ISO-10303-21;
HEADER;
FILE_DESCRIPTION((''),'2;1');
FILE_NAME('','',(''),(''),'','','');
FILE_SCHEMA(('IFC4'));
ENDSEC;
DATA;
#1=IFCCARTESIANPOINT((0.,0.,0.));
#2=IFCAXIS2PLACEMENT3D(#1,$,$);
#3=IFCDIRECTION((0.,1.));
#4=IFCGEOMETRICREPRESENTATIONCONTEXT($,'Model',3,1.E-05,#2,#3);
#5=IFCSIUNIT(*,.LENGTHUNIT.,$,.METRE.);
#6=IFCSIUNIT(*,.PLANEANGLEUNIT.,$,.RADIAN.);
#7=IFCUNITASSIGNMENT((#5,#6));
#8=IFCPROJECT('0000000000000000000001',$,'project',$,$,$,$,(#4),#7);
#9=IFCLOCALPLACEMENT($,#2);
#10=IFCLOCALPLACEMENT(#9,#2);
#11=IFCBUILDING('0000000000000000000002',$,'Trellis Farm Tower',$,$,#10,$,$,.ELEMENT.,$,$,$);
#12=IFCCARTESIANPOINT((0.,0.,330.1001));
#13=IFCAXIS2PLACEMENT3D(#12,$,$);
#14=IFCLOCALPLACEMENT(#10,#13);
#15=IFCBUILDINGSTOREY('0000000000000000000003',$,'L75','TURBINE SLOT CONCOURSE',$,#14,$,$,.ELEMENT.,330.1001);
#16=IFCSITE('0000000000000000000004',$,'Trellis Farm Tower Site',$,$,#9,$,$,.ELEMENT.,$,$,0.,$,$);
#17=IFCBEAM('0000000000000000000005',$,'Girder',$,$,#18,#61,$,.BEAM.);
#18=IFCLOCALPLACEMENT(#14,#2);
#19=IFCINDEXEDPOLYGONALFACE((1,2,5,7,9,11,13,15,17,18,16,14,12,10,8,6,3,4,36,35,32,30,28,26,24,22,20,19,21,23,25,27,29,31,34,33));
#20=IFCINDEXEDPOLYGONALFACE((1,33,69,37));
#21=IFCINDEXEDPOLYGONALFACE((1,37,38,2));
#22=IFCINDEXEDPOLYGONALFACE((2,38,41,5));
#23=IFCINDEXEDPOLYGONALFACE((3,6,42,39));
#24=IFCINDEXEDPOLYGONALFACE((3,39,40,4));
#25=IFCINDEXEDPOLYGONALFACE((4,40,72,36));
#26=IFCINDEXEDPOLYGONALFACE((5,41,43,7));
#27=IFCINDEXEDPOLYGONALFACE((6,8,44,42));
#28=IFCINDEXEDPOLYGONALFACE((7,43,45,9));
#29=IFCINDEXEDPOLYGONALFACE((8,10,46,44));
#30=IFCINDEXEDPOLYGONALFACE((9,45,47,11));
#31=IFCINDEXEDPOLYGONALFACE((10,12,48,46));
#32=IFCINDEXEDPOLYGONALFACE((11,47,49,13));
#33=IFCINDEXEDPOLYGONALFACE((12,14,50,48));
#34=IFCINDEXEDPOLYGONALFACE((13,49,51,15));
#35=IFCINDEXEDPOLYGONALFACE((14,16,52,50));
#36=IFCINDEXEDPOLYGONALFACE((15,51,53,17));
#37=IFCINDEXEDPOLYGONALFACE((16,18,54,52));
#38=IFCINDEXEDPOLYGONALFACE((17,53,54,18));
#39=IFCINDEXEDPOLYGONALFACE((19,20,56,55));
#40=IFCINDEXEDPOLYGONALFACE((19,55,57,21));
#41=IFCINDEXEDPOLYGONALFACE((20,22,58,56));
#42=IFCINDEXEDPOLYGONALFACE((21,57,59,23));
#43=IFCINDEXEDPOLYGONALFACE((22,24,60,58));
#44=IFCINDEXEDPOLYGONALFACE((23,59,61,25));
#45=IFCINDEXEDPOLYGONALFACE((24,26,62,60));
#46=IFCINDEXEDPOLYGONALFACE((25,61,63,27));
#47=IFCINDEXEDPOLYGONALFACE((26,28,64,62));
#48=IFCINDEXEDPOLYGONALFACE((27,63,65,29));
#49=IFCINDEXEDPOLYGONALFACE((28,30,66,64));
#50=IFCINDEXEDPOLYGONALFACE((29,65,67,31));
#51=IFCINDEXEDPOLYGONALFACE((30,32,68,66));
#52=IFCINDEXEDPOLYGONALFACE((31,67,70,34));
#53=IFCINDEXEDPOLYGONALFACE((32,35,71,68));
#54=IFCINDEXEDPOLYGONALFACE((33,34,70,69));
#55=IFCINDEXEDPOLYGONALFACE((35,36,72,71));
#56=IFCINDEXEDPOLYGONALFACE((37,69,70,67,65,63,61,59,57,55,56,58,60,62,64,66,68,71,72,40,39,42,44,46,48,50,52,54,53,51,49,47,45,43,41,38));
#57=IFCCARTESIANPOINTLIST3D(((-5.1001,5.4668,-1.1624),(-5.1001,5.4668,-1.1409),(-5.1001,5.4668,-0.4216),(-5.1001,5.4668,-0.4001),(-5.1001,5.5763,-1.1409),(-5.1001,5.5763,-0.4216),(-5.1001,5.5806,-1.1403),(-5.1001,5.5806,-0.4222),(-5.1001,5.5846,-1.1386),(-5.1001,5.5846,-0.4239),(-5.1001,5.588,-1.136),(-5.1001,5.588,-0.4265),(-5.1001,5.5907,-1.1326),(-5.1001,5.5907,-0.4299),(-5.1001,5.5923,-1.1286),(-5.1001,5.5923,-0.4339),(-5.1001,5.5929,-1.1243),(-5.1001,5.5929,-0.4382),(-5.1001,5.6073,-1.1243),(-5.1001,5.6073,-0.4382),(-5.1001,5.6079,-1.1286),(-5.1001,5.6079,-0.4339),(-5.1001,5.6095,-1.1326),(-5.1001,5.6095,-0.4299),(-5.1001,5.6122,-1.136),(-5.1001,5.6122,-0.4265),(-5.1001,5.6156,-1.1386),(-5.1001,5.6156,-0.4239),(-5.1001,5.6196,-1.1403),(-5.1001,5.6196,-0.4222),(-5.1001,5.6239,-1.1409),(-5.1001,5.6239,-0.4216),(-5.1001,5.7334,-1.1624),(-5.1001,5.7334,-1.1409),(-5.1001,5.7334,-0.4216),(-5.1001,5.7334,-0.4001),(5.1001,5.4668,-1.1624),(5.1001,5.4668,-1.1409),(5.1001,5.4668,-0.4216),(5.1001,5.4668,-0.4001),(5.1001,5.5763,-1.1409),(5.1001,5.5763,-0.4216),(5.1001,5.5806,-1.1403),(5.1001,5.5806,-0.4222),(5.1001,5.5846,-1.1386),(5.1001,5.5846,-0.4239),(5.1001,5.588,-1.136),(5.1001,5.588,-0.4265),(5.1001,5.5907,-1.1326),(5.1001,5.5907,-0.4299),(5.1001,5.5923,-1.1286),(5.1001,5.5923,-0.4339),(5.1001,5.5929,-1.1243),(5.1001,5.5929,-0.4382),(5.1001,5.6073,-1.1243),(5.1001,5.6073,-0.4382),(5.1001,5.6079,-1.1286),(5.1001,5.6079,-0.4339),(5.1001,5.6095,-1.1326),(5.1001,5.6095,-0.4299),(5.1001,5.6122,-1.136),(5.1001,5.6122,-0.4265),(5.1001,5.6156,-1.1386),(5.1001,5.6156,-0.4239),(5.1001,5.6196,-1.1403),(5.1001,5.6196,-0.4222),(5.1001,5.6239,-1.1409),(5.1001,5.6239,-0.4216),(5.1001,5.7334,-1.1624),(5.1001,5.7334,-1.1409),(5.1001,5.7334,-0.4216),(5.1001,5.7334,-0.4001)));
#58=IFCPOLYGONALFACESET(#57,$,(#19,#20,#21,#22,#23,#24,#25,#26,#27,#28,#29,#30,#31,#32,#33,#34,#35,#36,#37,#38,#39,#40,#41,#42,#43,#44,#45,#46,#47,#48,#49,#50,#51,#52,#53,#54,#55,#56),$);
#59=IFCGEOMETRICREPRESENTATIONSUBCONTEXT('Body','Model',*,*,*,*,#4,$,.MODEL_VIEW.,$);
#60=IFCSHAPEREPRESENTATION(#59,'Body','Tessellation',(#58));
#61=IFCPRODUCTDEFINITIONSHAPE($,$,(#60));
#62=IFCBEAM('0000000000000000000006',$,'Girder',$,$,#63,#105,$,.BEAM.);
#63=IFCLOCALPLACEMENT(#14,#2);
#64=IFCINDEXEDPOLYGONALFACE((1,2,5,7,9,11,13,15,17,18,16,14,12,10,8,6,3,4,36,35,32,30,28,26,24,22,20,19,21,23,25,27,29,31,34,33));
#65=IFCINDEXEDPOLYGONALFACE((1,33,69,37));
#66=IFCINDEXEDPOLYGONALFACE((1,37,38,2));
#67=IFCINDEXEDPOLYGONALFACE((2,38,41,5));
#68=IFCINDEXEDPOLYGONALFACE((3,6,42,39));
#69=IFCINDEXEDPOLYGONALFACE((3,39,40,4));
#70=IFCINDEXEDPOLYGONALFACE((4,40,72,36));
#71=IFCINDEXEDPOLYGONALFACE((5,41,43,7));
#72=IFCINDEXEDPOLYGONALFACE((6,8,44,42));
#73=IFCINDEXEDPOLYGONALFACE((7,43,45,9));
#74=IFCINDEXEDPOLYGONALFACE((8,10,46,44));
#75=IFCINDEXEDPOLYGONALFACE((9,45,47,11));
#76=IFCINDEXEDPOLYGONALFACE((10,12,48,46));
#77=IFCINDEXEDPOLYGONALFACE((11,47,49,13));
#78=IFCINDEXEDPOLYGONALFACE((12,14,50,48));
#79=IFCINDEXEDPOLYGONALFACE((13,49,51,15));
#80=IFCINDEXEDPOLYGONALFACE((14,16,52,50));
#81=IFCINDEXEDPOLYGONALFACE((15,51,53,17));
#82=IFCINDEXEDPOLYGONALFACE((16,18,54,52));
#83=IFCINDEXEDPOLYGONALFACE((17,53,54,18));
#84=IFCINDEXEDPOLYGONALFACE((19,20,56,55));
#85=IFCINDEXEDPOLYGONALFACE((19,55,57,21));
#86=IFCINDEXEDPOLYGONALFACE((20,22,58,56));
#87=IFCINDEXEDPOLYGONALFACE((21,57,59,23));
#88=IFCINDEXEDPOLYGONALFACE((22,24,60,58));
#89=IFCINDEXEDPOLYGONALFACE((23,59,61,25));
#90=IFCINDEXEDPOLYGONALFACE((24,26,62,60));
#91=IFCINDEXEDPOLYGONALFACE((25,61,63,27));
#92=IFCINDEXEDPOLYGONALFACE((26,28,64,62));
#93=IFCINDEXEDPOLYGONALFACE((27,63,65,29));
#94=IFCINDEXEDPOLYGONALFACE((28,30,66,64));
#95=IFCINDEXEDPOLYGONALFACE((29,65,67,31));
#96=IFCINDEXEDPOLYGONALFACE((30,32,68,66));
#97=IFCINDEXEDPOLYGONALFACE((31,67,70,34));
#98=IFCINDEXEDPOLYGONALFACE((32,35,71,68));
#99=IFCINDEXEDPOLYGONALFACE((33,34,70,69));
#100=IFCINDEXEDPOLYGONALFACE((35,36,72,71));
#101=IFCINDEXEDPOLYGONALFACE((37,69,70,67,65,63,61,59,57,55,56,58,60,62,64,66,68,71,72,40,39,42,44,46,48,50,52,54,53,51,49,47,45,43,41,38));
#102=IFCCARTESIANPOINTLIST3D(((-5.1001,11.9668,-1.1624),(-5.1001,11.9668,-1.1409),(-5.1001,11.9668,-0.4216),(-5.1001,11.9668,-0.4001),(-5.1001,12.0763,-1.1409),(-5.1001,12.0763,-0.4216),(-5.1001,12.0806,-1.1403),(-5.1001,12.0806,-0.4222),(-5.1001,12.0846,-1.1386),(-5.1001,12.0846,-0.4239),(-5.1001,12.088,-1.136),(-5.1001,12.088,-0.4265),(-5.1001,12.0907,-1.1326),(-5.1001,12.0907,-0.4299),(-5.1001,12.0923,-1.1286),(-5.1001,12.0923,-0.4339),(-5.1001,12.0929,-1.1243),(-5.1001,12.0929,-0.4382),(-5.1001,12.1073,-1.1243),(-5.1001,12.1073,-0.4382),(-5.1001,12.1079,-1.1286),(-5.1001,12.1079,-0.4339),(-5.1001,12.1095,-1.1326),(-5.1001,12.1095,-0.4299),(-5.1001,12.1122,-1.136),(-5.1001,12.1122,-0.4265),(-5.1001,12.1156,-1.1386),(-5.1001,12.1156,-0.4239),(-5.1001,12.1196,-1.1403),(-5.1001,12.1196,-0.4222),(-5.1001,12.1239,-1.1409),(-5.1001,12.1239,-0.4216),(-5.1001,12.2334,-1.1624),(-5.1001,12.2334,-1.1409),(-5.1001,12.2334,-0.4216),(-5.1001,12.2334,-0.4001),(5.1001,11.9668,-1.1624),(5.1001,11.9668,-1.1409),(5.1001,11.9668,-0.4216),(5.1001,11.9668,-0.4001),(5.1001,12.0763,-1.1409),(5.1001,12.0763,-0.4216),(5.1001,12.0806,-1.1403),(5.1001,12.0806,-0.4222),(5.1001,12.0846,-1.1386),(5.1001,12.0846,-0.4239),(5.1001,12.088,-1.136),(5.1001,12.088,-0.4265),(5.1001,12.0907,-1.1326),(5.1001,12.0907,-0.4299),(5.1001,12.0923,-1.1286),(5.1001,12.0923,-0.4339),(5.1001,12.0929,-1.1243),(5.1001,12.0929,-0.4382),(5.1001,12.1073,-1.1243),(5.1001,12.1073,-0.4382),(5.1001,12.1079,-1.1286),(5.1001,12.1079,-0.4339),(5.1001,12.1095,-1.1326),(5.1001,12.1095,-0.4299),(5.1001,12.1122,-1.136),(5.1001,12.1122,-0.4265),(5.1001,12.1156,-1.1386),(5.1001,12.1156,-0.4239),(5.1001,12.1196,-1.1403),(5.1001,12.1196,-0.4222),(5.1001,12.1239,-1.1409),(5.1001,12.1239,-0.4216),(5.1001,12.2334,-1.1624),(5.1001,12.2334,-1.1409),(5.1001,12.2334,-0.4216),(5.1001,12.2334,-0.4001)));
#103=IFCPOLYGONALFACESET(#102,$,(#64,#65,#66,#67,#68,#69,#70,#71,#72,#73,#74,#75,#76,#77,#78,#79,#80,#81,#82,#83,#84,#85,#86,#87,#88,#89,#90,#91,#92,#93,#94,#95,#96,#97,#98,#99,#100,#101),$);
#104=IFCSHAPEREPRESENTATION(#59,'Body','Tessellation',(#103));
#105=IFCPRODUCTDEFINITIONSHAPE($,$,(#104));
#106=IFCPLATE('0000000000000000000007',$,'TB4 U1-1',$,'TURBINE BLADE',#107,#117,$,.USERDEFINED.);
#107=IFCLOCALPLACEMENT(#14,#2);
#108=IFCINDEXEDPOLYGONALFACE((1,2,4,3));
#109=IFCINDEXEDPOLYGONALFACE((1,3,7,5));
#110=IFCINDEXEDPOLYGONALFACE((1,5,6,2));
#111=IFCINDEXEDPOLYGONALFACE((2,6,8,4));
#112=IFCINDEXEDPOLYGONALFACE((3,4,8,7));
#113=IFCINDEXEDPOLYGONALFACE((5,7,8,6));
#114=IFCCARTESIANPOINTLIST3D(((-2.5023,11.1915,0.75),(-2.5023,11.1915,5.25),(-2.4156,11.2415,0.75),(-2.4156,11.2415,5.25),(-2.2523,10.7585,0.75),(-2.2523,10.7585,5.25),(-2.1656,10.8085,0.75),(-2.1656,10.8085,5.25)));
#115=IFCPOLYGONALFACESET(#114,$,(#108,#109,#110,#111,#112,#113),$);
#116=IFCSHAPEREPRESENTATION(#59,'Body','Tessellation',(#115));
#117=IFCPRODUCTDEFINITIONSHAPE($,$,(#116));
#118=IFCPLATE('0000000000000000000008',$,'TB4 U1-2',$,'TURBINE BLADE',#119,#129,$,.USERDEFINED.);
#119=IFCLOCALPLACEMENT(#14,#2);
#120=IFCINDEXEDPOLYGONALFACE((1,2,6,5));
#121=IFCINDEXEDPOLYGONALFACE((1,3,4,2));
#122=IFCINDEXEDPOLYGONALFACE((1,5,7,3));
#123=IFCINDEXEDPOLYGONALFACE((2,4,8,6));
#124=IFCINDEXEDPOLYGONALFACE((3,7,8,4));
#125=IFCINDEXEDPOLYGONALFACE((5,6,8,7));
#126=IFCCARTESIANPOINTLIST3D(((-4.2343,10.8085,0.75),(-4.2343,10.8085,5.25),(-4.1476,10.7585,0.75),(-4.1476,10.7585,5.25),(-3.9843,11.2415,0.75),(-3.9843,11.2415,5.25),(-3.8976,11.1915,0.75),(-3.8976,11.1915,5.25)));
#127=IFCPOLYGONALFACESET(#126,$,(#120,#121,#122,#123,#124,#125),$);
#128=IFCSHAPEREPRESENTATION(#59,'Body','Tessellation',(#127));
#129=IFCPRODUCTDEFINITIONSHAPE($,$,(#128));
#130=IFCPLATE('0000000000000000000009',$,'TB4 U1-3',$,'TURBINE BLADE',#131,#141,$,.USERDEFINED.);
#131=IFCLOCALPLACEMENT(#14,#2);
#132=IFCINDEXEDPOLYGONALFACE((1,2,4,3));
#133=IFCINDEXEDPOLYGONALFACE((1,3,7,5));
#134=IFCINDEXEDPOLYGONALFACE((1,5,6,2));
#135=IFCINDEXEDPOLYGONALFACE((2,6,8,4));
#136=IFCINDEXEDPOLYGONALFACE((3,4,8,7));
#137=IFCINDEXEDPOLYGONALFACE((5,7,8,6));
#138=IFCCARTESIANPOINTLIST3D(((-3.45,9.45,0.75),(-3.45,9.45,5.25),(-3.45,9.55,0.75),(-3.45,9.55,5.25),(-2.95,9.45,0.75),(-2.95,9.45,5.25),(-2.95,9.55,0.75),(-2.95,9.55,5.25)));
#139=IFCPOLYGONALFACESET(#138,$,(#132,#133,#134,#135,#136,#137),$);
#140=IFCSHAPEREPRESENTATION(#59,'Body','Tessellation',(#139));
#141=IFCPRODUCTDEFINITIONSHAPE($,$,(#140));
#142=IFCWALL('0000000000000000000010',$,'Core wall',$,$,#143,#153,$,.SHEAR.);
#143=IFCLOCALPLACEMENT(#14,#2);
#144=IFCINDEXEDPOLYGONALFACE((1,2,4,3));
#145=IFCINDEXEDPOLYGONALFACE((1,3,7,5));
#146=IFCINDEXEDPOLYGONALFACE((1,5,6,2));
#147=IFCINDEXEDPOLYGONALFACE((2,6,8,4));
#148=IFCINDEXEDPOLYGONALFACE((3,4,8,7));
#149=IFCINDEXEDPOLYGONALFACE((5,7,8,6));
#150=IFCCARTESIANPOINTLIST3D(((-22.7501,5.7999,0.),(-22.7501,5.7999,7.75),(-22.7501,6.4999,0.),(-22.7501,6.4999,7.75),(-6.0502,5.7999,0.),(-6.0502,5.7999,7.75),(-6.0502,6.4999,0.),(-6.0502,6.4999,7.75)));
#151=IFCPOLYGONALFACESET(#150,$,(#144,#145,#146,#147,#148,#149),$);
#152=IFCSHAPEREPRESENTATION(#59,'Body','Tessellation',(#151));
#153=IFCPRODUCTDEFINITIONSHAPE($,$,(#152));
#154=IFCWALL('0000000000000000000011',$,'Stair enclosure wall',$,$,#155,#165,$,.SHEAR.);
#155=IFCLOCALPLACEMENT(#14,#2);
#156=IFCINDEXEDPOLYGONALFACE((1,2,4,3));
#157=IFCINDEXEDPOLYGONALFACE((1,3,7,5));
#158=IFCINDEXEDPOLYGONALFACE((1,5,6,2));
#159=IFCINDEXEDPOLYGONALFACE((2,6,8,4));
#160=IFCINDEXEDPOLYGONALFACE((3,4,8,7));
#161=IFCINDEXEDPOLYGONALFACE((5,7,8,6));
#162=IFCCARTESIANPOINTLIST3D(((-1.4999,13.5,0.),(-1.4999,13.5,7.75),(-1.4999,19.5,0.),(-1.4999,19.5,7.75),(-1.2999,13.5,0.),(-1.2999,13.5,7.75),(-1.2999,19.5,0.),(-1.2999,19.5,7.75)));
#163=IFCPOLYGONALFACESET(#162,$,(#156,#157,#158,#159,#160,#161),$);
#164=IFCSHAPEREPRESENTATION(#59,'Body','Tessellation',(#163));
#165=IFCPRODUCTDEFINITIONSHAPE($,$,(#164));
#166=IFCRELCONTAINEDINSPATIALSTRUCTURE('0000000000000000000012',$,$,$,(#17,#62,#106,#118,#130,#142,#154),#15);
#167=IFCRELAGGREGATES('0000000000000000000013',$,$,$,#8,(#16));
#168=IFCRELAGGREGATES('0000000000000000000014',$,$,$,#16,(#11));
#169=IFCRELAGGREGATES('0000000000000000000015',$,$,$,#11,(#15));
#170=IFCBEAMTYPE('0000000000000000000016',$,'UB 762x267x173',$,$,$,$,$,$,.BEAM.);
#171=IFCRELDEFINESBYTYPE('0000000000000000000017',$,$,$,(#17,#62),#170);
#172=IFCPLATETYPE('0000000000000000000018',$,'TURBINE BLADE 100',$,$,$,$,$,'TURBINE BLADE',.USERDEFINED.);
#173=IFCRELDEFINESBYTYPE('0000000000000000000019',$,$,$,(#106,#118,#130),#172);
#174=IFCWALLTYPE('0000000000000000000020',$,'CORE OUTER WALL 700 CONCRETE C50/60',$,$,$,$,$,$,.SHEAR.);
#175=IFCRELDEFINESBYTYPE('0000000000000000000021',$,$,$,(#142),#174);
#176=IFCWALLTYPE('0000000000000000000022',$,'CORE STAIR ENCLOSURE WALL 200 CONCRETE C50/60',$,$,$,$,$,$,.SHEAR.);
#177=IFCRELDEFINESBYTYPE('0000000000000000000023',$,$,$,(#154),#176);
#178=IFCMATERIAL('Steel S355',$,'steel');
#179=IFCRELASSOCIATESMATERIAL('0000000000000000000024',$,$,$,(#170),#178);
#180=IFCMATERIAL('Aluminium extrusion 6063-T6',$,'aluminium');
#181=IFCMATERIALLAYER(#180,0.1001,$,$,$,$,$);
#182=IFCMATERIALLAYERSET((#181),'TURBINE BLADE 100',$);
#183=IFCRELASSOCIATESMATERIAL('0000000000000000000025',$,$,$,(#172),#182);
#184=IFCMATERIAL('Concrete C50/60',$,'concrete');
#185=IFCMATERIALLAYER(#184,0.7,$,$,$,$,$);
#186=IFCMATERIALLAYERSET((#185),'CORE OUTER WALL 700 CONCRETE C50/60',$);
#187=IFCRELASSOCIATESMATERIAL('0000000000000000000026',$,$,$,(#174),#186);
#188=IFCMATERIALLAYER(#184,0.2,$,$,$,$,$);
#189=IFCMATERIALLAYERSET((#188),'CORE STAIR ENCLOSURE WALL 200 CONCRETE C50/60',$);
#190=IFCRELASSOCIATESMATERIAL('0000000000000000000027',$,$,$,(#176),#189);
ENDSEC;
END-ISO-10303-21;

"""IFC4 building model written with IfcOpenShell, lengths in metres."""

from ifc_helpers import new_model, si_unit, direction, frame, frame_2d, origin, origin_2d, place, context, subcontext, project, spatial, rectangle, i_section, extrude, source, transform, mapped, material, layer, layer_set, material_profile, profile_set, type_object, element, save


model = new_model("IFC4")

# Units and contexts
model_context = context("Model", 3, precision=1e-05, world=origin(), true_north=direction((0.0, 1.0)))
body_context = subcontext(model_context, "Body", "Model", "MODEL_VIEW")
ifc_project = project(units=[si_unit("LENGTHUNIT", "METRE"), si_unit("PLANEANGLEUNIT", "RADIAN")], contexts=[model_context])

# Site, building, storey
site_placement = place(None, origin())
site = spatial("IfcSite", under=ifc_project, at=site_placement, Name="Trellis Farm Tower Site", CompositionType="ELEMENT", RefElevation=0.0)
building_placement = place(site_placement, origin())
building = spatial("IfcBuilding", under=site, at=building_placement, Name="Trellis Farm Tower", CompositionType="ELEMENT")
storey_placement = place(building_placement, frame((0.0, 0.0, 330.1001)))
storey = spatial("IfcBuildingStorey", under=building, at=storey_placement, Name="L75", Description="TURBINE SLOT CONCOURSE", CompositionType="ELEMENT", Elevation=330.1001)

# Shared definitions
ifc_material_1 = material(Name="Concrete C50/60", Category="concrete")

# Beams
ifc_material_2 = material(Name="Steel S355", Category="steel")
ifc_material_profile_1 = material_profile(ifc_material_2, i_section(OverallWidth=0.2666, OverallDepth=0.7622, WebThickness=0.0144, FlangeThickness=0.0215, FilletRadius=0.0166, at=origin_2d()), Name="UB 762x267x173")
ifc_profile_set_1 = profile_set([ifc_material_profile_1], Name="Steel S355")
beam_type_1 = type_object("IfcBeamType", Name="UB 762x267x173", PredefinedType="BEAM", material=ifc_profile_set_1)
shared_shape_1 = source(origin(), body_context, "Body", "SweptSolid", [
    extrude(i_section(OverallWidth=0.2666, OverallDepth=0.7622, WebThickness=0.0144, FlangeThickness=0.0215, FilletRadius=0.0166, at=origin_2d()), origin(), (0.0, 0.0, 1.0), 10.2002),
])
for number, where, z_axis, x_axis, name in (
    (1, (-5.1001, 5.6001, -0.7812), (1.0, 0.0, 0.0), (0.0, 1.0, 0.0), "Girder"),
    (2, (-5.1001, 12.1001, -0.7812), (1.0, 0.0, 0.0), (0.0, 1.0, 0.0), "Girder"),
):
    element("IfcBeam", number, at=place(storey_placement, frame(where, z_axis=z_axis, x_axis=x_axis)), inside=storey, type_object=beam_type_1, Name=name, PredefinedType="BEAM", context=body_context, shape_type="MappedRepresentation", body=[
        mapped(shared_shape_1, transform((0.0, 0.0, 0.0))),
    ])

# Plates
ifc_material_3 = material(Name="Aluminium extrusion 6063-T6", Category="aluminium")
ifc_layer_1 = layer(ifc_material_3, 0.1001)
ifc_layer_set_1 = layer_set([ifc_layer_1], Name="TURBINE BLADE 100")
plate_type = type_object("IfcPlateType", Name="TURBINE BLADE 100", ElementType="TURBINE BLADE", PredefinedType="USERDEFINED", material=ifc_layer_set_1)
shared_shape_2 = source(origin(), body_context, "Body", "SweptSolid", [
    extrude(rectangle(XDim=0.5, YDim=0.1001, at=origin_2d()), origin(), (0.0, 0.0, 1.0), 4.5),
])
for number, where, z_axis, x_axis, name in (
    (3, (-2.334, 11.0, 0.75), (0.0, 0.0, 1.0), (-0.5, 0.866025, 0.0), "TB4 U1-1"),
    (4, (-4.0659, 11.0, 0.75), (0.0, 0.0, 1.0), (-0.5, -0.866025, 0.0), "TB4 U1-2"),
    (5, (-3.2, 9.5, 0.75), (0.0, 0.0, 1.0), (1.0, 0.0, 0.0), "TB4 U1-3"),
):
    element("IfcPlate", number, at=place(storey_placement, frame(where, z_axis=z_axis, x_axis=x_axis)), inside=storey, type_object=plate_type, Name=name, ObjectType="TURBINE BLADE", PredefinedType="USERDEFINED", context=body_context, shape_type="MappedRepresentation", body=[
        mapped(shared_shape_2, transform((0.0, 0.0, 0.0))),
    ])

# Walls
ifc_layer_2 = layer(ifc_material_1, 0.7)
ifc_layer_set_2 = layer_set([ifc_layer_2], Name="CORE OUTER WALL 700 CONCRETE C50/60")
wall_type_1 = type_object("IfcWallType", Name="CORE OUTER WALL 700 CONCRETE C50/60", PredefinedType="SHEAR", material=ifc_layer_set_2)
shared_shape_3 = source(origin(), body_context, "Body", "SweptSolid", [
    extrude(rectangle(XDim=16.7, YDim=0.7, at=frame_2d((8.3501, 0.0))), origin(), (0.0, 0.0, 1.0), 7.75),
])
wall_1_placement = place(storey_placement, frame((-6.05, 6.1499, 0.0), z_axis=(0.0, 0.0, 1.0), x_axis=(-1.0, 0.0, 0.0)))
element("IfcWall", 6, at=wall_1_placement, inside=storey, type_object=wall_type_1, Name="Core wall", PredefinedType="SHEAR", context=body_context, shape_type="MappedRepresentation", body=[
    mapped(shared_shape_3, transform((0.0, 0.0, 0.0))),
])
ifc_layer_3 = layer(ifc_material_1, 0.2)
ifc_layer_set_3 = layer_set([ifc_layer_3], Name="CORE STAIR ENCLOSURE WALL 200 CONCRETE C50/60")
wall_type_2 = type_object("IfcWallType", Name="CORE STAIR ENCLOSURE WALL 200 CONCRETE C50/60", PredefinedType="SHEAR", material=ifc_layer_set_3)
shared_shape_4 = source(origin(), body_context, "Body", "SweptSolid", [
    extrude(rectangle(XDim=6.0, YDim=0.2, at=frame_2d((3.0, 0.0))), origin(), (0.0, 0.0, 1.0), 7.75),
])
wall_2_placement = place(storey_placement, frame((-1.3999, 13.5, 0.0), z_axis=(0.0, 0.0, 1.0), x_axis=(0.0, 1.0, 0.0)))
element("IfcWall", 7, at=wall_2_placement, inside=storey, type_object=wall_type_2, Name="Stair enclosure wall", PredefinedType="SHEAR", context=body_context, shape_type="MappedRepresentation", body=[
    mapped(shared_shape_4, transform((0.0, 0.0, 0.0))),
])

save(model, "model.ifc")
